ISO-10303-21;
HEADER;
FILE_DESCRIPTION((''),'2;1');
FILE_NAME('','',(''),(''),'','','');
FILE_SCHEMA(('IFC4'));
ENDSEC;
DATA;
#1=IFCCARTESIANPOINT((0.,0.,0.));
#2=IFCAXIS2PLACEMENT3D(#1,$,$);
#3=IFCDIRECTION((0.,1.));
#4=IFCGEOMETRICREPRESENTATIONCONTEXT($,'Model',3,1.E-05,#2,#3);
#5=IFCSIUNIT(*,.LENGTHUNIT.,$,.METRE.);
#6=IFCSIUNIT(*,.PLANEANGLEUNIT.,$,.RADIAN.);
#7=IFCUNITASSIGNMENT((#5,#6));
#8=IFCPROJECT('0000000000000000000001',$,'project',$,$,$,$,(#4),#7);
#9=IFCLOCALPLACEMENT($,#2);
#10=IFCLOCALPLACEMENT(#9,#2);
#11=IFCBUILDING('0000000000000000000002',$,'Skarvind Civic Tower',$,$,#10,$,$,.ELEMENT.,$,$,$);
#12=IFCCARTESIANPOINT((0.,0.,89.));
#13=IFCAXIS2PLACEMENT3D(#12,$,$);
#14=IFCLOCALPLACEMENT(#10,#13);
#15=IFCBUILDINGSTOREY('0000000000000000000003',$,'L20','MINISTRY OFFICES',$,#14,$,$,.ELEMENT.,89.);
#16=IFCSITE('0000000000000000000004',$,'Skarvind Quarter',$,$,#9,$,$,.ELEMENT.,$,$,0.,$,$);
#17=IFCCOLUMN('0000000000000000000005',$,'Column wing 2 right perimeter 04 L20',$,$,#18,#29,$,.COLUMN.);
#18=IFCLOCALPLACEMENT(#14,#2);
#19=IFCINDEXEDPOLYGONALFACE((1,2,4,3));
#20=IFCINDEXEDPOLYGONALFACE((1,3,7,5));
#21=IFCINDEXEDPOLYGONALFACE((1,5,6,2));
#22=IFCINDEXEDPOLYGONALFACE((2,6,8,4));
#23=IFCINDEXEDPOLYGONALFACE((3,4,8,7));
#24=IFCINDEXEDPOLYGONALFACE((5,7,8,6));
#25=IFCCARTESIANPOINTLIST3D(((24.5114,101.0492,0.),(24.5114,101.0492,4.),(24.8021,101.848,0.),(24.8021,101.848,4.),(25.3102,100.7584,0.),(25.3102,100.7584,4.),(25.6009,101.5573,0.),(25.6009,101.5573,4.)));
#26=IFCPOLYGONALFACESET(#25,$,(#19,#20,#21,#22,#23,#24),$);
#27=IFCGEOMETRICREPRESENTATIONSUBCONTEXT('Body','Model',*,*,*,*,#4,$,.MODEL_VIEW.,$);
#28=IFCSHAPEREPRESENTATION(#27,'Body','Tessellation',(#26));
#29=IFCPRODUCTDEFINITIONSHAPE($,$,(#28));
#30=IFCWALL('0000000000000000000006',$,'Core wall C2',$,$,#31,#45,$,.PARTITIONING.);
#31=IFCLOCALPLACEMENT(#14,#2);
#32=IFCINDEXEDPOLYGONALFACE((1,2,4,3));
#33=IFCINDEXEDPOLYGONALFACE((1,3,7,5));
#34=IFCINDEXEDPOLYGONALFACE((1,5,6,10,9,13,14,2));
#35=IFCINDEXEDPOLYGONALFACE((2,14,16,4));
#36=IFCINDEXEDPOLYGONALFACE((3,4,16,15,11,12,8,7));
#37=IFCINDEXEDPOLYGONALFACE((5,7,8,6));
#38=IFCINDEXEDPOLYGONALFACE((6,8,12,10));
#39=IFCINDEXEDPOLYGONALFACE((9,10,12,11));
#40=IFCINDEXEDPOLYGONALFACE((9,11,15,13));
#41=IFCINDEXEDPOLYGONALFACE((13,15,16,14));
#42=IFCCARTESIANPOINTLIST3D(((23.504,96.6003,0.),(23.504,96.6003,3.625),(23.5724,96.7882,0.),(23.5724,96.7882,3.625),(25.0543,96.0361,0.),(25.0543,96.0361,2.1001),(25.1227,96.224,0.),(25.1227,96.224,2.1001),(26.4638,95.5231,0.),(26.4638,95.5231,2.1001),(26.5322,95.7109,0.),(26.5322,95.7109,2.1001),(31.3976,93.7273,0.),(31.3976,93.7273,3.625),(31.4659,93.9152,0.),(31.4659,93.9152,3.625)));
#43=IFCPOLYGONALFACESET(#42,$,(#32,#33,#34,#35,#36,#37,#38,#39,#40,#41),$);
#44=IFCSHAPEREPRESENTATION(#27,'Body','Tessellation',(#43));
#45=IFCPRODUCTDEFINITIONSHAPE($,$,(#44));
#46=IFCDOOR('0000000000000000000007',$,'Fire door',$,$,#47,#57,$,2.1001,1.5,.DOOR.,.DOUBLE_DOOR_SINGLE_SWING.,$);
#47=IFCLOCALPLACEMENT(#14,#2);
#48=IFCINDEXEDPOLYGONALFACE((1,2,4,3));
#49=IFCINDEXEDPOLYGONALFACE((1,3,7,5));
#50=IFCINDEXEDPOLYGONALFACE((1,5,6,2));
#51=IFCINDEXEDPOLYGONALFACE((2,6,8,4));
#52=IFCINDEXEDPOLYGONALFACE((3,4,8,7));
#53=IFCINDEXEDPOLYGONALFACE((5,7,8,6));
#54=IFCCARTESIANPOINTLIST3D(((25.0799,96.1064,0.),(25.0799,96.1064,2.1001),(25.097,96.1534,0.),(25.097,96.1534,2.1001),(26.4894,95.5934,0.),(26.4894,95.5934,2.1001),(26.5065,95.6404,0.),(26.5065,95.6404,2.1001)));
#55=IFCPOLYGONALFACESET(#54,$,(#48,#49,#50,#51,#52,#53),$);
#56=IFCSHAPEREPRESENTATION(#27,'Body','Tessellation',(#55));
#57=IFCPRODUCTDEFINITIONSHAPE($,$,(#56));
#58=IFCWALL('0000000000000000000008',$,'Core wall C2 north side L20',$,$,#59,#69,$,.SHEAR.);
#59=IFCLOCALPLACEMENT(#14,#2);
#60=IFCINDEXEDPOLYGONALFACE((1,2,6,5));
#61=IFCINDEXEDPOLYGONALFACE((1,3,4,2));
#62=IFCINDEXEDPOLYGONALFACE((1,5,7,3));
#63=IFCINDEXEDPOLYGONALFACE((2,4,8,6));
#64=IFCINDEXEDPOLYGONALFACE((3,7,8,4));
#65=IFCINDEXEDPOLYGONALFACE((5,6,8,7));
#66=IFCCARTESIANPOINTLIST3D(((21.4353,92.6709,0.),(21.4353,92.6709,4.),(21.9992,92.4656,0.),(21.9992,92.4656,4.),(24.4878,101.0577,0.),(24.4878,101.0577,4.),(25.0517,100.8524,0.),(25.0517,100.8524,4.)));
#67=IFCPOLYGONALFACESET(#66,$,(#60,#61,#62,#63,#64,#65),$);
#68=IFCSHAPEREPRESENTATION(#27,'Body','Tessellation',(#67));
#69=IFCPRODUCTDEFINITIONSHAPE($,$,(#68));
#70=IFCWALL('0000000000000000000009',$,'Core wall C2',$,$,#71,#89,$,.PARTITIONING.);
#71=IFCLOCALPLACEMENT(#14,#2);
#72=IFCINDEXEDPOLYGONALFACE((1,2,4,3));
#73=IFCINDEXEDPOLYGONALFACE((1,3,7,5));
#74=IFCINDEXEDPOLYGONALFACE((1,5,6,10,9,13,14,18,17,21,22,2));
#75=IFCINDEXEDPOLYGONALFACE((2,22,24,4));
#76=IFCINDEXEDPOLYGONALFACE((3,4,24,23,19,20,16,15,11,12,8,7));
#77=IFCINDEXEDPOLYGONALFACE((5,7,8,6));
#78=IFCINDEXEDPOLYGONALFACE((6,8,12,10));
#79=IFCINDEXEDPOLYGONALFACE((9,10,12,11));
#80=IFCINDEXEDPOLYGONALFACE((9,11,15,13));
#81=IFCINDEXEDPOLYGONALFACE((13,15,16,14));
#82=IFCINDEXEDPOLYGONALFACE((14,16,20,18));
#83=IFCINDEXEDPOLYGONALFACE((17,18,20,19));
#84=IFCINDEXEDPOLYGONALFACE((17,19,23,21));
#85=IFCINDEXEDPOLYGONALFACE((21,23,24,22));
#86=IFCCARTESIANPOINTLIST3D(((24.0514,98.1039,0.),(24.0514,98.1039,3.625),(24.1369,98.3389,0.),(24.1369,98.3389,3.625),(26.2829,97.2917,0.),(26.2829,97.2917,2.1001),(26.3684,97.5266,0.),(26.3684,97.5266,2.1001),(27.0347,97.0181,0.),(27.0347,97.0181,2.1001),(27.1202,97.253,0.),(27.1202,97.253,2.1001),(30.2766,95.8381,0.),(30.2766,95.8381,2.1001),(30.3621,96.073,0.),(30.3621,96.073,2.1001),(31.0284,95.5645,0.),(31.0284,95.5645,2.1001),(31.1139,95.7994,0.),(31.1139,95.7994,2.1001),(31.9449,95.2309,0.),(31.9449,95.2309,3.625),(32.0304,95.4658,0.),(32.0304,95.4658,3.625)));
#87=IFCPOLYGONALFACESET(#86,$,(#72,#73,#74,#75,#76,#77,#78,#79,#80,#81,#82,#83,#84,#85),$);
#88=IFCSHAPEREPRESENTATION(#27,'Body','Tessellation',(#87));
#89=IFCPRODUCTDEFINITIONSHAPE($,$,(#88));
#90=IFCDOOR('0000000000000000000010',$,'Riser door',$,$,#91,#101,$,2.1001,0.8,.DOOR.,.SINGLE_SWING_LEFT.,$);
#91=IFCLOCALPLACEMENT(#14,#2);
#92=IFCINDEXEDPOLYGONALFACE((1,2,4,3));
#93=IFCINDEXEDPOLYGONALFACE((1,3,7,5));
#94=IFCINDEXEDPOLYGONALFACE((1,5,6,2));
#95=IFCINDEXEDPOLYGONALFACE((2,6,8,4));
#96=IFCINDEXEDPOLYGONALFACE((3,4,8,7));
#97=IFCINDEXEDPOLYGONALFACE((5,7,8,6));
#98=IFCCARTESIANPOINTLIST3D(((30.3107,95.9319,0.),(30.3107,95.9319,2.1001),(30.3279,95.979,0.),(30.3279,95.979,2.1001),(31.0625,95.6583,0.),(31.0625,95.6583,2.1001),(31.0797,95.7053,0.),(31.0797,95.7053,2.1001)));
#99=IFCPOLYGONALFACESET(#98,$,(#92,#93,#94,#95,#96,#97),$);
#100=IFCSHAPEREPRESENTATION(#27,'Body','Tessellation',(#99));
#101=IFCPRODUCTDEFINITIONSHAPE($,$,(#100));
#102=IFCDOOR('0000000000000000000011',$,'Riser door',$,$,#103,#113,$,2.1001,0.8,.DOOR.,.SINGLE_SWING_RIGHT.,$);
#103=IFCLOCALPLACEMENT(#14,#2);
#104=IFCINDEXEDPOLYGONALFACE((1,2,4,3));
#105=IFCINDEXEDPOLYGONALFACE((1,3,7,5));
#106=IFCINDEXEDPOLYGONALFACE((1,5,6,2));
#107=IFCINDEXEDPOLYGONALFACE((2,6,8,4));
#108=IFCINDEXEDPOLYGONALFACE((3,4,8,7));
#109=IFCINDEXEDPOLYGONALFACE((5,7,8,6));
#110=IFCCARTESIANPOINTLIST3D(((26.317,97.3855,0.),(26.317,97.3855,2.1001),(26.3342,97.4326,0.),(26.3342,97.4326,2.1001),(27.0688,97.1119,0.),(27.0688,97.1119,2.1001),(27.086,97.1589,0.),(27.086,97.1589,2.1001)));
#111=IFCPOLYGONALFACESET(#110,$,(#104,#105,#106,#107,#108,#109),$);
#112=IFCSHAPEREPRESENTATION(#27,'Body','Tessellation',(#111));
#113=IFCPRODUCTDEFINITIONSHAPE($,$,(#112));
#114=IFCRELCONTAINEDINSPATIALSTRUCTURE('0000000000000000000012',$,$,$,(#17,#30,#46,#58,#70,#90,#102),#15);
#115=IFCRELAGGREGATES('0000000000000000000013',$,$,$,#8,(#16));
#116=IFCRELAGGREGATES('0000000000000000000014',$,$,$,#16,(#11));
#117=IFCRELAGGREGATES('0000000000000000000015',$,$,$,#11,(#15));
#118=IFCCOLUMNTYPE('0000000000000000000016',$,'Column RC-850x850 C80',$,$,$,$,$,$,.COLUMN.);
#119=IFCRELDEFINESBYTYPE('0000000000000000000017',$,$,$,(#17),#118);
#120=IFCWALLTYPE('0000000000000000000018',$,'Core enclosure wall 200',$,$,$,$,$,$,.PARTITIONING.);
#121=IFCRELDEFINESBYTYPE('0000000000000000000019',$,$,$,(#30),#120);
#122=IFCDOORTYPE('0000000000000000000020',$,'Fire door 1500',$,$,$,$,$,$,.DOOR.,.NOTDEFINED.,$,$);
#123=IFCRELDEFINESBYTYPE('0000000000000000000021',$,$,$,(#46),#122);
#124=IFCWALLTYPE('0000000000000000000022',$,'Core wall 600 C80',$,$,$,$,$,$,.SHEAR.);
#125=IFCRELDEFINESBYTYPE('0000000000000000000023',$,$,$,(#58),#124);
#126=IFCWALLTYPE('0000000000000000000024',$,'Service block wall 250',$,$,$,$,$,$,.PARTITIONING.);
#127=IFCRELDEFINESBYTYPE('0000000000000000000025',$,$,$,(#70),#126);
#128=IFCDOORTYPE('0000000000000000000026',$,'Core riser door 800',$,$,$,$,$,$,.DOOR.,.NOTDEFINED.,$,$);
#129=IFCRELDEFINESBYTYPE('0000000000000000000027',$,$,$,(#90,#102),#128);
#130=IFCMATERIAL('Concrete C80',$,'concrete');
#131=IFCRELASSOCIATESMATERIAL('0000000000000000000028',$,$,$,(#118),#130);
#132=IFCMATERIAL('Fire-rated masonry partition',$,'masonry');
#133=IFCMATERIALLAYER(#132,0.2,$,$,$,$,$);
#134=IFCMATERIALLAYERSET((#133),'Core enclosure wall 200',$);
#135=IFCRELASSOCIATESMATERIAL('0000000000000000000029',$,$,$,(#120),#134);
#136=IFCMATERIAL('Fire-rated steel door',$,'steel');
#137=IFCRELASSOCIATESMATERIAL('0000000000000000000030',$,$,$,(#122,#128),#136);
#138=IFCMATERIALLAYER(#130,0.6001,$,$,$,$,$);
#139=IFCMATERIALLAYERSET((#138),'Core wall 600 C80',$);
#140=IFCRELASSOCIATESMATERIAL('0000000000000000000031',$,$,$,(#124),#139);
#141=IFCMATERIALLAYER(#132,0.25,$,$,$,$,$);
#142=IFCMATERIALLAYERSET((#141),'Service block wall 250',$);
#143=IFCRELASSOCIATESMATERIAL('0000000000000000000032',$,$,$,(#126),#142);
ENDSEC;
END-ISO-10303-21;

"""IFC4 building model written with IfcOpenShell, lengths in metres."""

from ifc_helpers import new_model, si_unit, direction, frame, frame_2d, origin, origin_2d, place, context, subcontext, project, spatial, rectangle, extrude, material, layer, layer_set, material_profile, profile_set, type_object, element, fill, save


model = new_model("IFC4")

# Units and contexts
model_context = context("Model", 3, precision=1e-05, world=origin(), true_north=direction((0.0, 1.0)))
body_context = subcontext(model_context, "Body", "Model", "MODEL_VIEW")
ifc_project = project(units=[si_unit("LENGTHUNIT", "METRE"), si_unit("PLANEANGLEUNIT", "RADIAN")], contexts=[model_context])

# Site, building, storey
site_placement = place(None, origin())
site = spatial("IfcSite", under=ifc_project, at=site_placement, Name="Skarvind Quarter", CompositionType="ELEMENT", RefElevation=0.0)
building_placement = place(site_placement, origin())
building = spatial("IfcBuilding", under=site, at=building_placement, Name="Skarvind Civic Tower", CompositionType="ELEMENT")
storey_placement = place(building_placement, frame((0.0, 0.0, 89.0)))
storey = spatial("IfcBuildingStorey", under=building, at=storey_placement, Name="L20", Description="MINISTRY OFFICES", CompositionType="ELEMENT", Elevation=89.0)

# Column
ifc_material_1 = material(Name="Concrete C80", Category="concrete")
ifc_material_profile = material_profile(ifc_material_1, rectangle(XDim=0.8501, YDim=0.8501, at=origin_2d()), Name="RC-850x850")
ifc_profile_set = profile_set([ifc_material_profile], Name="Concrete C80")
column_type = type_object("IfcColumnType", Name="Column RC-850x850 C80", PredefinedType="COLUMN", material=ifc_profile_set)
column_placement = place(storey_placement, frame((25.0562, 101.3032, 0.0), z_axis=(0.0, 0.0, 1.0), x_axis=(-0.34202, -0.939693, 0.0)))
element("IfcColumn", 1, at=column_placement, inside=storey, type_object=column_type, Name="Column wing 2 right perimeter 04 L20", PredefinedType="COLUMN", context=body_context, shape_type="SweptSolid", body=[
    extrude(rectangle(XDim=0.8501, YDim=0.8501, at=origin_2d()), origin(), (0.0, 0.0, 1.0), 4.0),
])

# Wall, opening, door
ifc_material_2 = material(Name="Fire-rated masonry partition", Category="masonry")
ifc_layer_1 = layer(ifc_material_2, 0.2)
ifc_layer_set_1 = layer_set([ifc_layer_1], Name="Core enclosure wall 200")
wall_type_1 = type_object("IfcWallType", Name="Core enclosure wall 200", PredefinedType="PARTITIONING", material=ifc_layer_set_1)
wall_1_placement = place(storey_placement, frame((23.5381, 96.6943, 0.0), z_axis=(0.0, 0.0, 1.0), x_axis=(0.939692, -0.342023, 0.0)))
wall_1 = element("IfcWall", 2, at=wall_1_placement, inside=storey, type_object=wall_type_1, Name="Core wall C2", PredefinedType="PARTITIONING", context=body_context, shape_type="SweptSolid", body=[
    extrude(rectangle(XDim=8.4001, YDim=0.2, at=frame_2d((4.2002, 0.0))), origin(), (0.0, 0.0, 1.0), 3.625),
])
opening_1_placement = place(wall_1_placement, frame((1.6499, 0.0, 0.0)))
opening_1 = element("IfcOpeningElement", 3, at=opening_1_placement, cuts=wall_1, PredefinedType="OPENING", context=body_context, shape_type="SweptSolid", body=[
    extrude(rectangle(XDim=1.5, YDim=2.1001, at=frame_2d((0.75, 1.05))), frame((0.0, 0.1099, 0.0), z_axis=(0.0, -1.0, 0.0), x_axis=(1.0, 0.0, 0.0)), (0.0, 0.0, 1.0), 0.22),
])
ifc_material_3 = material(Name="Fire-rated steel door", Category="steel")
door_type_1 = type_object("IfcDoorType", Name="Fire door 1500", OperationType="NOTDEFINED", PredefinedType="DOOR", material=ifc_material_3)
door_1_placement = place(opening_1_placement, origin())
door_1 = element("IfcDoor", 4, at=door_1_placement, inside=storey, type_object=door_type_1, Name="Fire door", OperationType="DOUBLE_DOOR_SINGLE_SWING", OverallHeight=2.1001, OverallWidth=1.5, PredefinedType="DOOR", context=body_context, shape_type="SweptSolid", body=[
    extrude(rectangle(XDim=1.5, YDim=2.1001, at=frame_2d((0.75, 1.05))), frame((0.0, 0.0249, 0.0), z_axis=(0.0, -1.0, 0.0), x_axis=(1.0, 0.0, 0.0)), (0.0, 0.0, 1.0), 0.05),
])
fill(opening_1, door_1)

# Wall
ifc_layer_2 = layer(ifc_material_1, 0.6001)
ifc_layer_set_2 = layer_set([ifc_layer_2], Name="Core wall 600 C80")
wall_type_2 = type_object("IfcWallType", Name="Core wall 600 C80", PredefinedType="SHEAR", material=ifc_layer_set_2)
wall_2_placement = place(storey_placement, frame((21.7173, 92.5684, 0.0), z_axis=(0.0, 0.0, 1.0), x_axis=(0.342018, 0.939694, 0.0)))
element("IfcWall", 5, at=wall_2_placement, inside=storey, type_object=wall_type_2, Name="Core wall C2 north side L20", PredefinedType="SHEAR", context=body_context, shape_type="SweptSolid", body=[
    extrude(rectangle(XDim=8.925, YDim=0.6001, at=frame_2d((4.4624, 0.0))), origin(), (0.0, 0.0, 1.0), 4.0),
])

# Wall, openings, doors
ifc_layer_3 = layer(ifc_material_2, 0.25)
ifc_layer_set_3 = layer_set([ifc_layer_3], Name="Service block wall 250")
wall_type_3 = type_object("IfcWallType", Name="Service block wall 250", PredefinedType="PARTITIONING", material=ifc_layer_set_3)
wall_3_placement = place(storey_placement, frame((24.094, 98.2214, 0.0), z_axis=(0.0, 0.0, 1.0), x_axis=(0.939692, -0.342023, 0.0)))
wall_3 = element("IfcWall", 6, at=wall_3_placement, inside=storey, type_object=wall_type_3, Name="Core wall C2", PredefinedType="PARTITIONING", context=body_context, shape_type="SweptSolid", body=[
    extrude(rectangle(XDim=8.4001, YDim=0.25, at=frame_2d((4.2002, 0.0))), origin(), (0.0, 0.0, 1.0), 3.625),
])
opening_2_placement = place(wall_3_placement, frame((6.625, 0.0, 0.0)))
opening_2 = element("IfcOpeningElement", 7, at=opening_2_placement, cuts=wall_3, PredefinedType="OPENING", context=body_context, shape_type="SweptSolid", body=[
    extrude(rectangle(XDim=0.8, YDim=2.1001, at=frame_2d((0.3999, 1.05))), frame((0.0, 0.135, 0.0), z_axis=(0.0, -1.0, 0.0), x_axis=(1.0, 0.0, 0.0)), (0.0, 0.0, 1.0), 0.27),
])
opening_3_placement = place(wall_3_placement, frame((2.375, 0.0, 0.0)))
opening_3 = element("IfcOpeningElement", 8, at=opening_3_placement, cuts=wall_3, PredefinedType="OPENING", context=body_context, shape_type="SweptSolid", body=[
    extrude(rectangle(XDim=0.8, YDim=2.1001, at=frame_2d((0.3999, 1.05))), frame((0.0, 0.135, 0.0), z_axis=(0.0, -1.0, 0.0), x_axis=(1.0, 0.0, 0.0)), (0.0, 0.0, 1.0), 0.27),
])
door_type_2 = type_object("IfcDoorType", Name="Core riser door 800", OperationType="NOTDEFINED", PredefinedType="DOOR", material=ifc_material_3)
door_2_placement = place(opening_2_placement, origin())
door_2 = element("IfcDoor", 9, at=door_2_placement, inside=storey, type_object=door_type_2, Name="Riser door", OperationType="SINGLE_SWING_LEFT", OverallHeight=2.1001, OverallWidth=0.8, PredefinedType="DOOR", context=body_context, shape_type="SweptSolid", body=[
    extrude(rectangle(XDim=0.8, YDim=2.1001, at=frame_2d((0.3999, 1.05))), frame((0.0, 0.0249, 0.0), z_axis=(0.0, -1.0, 0.0), x_axis=(1.0, 0.0, 0.0)), (0.0, 0.0, 1.0), 0.05),
])
fill(opening_2, door_2)
door_3_placement = place(opening_3_placement, origin())
door_3 = element("IfcDoor", 10, at=door_3_placement, inside=storey, type_object=door_type_2, Name="Riser door", OperationType="SINGLE_SWING_RIGHT", OverallHeight=2.1001, OverallWidth=0.8, PredefinedType="DOOR", context=body_context, shape_type="SweptSolid", body=[
    extrude(rectangle(XDim=0.8, YDim=2.1001, at=frame_2d((0.3999, 1.05))), frame((0.0, 0.0249, 0.0), z_axis=(0.0, -1.0, 0.0), x_axis=(1.0, 0.0, 0.0)), (0.0, 0.0, 1.0), 0.05),
])
fill(opening_3, door_3)

save(model, "model.ifc")
